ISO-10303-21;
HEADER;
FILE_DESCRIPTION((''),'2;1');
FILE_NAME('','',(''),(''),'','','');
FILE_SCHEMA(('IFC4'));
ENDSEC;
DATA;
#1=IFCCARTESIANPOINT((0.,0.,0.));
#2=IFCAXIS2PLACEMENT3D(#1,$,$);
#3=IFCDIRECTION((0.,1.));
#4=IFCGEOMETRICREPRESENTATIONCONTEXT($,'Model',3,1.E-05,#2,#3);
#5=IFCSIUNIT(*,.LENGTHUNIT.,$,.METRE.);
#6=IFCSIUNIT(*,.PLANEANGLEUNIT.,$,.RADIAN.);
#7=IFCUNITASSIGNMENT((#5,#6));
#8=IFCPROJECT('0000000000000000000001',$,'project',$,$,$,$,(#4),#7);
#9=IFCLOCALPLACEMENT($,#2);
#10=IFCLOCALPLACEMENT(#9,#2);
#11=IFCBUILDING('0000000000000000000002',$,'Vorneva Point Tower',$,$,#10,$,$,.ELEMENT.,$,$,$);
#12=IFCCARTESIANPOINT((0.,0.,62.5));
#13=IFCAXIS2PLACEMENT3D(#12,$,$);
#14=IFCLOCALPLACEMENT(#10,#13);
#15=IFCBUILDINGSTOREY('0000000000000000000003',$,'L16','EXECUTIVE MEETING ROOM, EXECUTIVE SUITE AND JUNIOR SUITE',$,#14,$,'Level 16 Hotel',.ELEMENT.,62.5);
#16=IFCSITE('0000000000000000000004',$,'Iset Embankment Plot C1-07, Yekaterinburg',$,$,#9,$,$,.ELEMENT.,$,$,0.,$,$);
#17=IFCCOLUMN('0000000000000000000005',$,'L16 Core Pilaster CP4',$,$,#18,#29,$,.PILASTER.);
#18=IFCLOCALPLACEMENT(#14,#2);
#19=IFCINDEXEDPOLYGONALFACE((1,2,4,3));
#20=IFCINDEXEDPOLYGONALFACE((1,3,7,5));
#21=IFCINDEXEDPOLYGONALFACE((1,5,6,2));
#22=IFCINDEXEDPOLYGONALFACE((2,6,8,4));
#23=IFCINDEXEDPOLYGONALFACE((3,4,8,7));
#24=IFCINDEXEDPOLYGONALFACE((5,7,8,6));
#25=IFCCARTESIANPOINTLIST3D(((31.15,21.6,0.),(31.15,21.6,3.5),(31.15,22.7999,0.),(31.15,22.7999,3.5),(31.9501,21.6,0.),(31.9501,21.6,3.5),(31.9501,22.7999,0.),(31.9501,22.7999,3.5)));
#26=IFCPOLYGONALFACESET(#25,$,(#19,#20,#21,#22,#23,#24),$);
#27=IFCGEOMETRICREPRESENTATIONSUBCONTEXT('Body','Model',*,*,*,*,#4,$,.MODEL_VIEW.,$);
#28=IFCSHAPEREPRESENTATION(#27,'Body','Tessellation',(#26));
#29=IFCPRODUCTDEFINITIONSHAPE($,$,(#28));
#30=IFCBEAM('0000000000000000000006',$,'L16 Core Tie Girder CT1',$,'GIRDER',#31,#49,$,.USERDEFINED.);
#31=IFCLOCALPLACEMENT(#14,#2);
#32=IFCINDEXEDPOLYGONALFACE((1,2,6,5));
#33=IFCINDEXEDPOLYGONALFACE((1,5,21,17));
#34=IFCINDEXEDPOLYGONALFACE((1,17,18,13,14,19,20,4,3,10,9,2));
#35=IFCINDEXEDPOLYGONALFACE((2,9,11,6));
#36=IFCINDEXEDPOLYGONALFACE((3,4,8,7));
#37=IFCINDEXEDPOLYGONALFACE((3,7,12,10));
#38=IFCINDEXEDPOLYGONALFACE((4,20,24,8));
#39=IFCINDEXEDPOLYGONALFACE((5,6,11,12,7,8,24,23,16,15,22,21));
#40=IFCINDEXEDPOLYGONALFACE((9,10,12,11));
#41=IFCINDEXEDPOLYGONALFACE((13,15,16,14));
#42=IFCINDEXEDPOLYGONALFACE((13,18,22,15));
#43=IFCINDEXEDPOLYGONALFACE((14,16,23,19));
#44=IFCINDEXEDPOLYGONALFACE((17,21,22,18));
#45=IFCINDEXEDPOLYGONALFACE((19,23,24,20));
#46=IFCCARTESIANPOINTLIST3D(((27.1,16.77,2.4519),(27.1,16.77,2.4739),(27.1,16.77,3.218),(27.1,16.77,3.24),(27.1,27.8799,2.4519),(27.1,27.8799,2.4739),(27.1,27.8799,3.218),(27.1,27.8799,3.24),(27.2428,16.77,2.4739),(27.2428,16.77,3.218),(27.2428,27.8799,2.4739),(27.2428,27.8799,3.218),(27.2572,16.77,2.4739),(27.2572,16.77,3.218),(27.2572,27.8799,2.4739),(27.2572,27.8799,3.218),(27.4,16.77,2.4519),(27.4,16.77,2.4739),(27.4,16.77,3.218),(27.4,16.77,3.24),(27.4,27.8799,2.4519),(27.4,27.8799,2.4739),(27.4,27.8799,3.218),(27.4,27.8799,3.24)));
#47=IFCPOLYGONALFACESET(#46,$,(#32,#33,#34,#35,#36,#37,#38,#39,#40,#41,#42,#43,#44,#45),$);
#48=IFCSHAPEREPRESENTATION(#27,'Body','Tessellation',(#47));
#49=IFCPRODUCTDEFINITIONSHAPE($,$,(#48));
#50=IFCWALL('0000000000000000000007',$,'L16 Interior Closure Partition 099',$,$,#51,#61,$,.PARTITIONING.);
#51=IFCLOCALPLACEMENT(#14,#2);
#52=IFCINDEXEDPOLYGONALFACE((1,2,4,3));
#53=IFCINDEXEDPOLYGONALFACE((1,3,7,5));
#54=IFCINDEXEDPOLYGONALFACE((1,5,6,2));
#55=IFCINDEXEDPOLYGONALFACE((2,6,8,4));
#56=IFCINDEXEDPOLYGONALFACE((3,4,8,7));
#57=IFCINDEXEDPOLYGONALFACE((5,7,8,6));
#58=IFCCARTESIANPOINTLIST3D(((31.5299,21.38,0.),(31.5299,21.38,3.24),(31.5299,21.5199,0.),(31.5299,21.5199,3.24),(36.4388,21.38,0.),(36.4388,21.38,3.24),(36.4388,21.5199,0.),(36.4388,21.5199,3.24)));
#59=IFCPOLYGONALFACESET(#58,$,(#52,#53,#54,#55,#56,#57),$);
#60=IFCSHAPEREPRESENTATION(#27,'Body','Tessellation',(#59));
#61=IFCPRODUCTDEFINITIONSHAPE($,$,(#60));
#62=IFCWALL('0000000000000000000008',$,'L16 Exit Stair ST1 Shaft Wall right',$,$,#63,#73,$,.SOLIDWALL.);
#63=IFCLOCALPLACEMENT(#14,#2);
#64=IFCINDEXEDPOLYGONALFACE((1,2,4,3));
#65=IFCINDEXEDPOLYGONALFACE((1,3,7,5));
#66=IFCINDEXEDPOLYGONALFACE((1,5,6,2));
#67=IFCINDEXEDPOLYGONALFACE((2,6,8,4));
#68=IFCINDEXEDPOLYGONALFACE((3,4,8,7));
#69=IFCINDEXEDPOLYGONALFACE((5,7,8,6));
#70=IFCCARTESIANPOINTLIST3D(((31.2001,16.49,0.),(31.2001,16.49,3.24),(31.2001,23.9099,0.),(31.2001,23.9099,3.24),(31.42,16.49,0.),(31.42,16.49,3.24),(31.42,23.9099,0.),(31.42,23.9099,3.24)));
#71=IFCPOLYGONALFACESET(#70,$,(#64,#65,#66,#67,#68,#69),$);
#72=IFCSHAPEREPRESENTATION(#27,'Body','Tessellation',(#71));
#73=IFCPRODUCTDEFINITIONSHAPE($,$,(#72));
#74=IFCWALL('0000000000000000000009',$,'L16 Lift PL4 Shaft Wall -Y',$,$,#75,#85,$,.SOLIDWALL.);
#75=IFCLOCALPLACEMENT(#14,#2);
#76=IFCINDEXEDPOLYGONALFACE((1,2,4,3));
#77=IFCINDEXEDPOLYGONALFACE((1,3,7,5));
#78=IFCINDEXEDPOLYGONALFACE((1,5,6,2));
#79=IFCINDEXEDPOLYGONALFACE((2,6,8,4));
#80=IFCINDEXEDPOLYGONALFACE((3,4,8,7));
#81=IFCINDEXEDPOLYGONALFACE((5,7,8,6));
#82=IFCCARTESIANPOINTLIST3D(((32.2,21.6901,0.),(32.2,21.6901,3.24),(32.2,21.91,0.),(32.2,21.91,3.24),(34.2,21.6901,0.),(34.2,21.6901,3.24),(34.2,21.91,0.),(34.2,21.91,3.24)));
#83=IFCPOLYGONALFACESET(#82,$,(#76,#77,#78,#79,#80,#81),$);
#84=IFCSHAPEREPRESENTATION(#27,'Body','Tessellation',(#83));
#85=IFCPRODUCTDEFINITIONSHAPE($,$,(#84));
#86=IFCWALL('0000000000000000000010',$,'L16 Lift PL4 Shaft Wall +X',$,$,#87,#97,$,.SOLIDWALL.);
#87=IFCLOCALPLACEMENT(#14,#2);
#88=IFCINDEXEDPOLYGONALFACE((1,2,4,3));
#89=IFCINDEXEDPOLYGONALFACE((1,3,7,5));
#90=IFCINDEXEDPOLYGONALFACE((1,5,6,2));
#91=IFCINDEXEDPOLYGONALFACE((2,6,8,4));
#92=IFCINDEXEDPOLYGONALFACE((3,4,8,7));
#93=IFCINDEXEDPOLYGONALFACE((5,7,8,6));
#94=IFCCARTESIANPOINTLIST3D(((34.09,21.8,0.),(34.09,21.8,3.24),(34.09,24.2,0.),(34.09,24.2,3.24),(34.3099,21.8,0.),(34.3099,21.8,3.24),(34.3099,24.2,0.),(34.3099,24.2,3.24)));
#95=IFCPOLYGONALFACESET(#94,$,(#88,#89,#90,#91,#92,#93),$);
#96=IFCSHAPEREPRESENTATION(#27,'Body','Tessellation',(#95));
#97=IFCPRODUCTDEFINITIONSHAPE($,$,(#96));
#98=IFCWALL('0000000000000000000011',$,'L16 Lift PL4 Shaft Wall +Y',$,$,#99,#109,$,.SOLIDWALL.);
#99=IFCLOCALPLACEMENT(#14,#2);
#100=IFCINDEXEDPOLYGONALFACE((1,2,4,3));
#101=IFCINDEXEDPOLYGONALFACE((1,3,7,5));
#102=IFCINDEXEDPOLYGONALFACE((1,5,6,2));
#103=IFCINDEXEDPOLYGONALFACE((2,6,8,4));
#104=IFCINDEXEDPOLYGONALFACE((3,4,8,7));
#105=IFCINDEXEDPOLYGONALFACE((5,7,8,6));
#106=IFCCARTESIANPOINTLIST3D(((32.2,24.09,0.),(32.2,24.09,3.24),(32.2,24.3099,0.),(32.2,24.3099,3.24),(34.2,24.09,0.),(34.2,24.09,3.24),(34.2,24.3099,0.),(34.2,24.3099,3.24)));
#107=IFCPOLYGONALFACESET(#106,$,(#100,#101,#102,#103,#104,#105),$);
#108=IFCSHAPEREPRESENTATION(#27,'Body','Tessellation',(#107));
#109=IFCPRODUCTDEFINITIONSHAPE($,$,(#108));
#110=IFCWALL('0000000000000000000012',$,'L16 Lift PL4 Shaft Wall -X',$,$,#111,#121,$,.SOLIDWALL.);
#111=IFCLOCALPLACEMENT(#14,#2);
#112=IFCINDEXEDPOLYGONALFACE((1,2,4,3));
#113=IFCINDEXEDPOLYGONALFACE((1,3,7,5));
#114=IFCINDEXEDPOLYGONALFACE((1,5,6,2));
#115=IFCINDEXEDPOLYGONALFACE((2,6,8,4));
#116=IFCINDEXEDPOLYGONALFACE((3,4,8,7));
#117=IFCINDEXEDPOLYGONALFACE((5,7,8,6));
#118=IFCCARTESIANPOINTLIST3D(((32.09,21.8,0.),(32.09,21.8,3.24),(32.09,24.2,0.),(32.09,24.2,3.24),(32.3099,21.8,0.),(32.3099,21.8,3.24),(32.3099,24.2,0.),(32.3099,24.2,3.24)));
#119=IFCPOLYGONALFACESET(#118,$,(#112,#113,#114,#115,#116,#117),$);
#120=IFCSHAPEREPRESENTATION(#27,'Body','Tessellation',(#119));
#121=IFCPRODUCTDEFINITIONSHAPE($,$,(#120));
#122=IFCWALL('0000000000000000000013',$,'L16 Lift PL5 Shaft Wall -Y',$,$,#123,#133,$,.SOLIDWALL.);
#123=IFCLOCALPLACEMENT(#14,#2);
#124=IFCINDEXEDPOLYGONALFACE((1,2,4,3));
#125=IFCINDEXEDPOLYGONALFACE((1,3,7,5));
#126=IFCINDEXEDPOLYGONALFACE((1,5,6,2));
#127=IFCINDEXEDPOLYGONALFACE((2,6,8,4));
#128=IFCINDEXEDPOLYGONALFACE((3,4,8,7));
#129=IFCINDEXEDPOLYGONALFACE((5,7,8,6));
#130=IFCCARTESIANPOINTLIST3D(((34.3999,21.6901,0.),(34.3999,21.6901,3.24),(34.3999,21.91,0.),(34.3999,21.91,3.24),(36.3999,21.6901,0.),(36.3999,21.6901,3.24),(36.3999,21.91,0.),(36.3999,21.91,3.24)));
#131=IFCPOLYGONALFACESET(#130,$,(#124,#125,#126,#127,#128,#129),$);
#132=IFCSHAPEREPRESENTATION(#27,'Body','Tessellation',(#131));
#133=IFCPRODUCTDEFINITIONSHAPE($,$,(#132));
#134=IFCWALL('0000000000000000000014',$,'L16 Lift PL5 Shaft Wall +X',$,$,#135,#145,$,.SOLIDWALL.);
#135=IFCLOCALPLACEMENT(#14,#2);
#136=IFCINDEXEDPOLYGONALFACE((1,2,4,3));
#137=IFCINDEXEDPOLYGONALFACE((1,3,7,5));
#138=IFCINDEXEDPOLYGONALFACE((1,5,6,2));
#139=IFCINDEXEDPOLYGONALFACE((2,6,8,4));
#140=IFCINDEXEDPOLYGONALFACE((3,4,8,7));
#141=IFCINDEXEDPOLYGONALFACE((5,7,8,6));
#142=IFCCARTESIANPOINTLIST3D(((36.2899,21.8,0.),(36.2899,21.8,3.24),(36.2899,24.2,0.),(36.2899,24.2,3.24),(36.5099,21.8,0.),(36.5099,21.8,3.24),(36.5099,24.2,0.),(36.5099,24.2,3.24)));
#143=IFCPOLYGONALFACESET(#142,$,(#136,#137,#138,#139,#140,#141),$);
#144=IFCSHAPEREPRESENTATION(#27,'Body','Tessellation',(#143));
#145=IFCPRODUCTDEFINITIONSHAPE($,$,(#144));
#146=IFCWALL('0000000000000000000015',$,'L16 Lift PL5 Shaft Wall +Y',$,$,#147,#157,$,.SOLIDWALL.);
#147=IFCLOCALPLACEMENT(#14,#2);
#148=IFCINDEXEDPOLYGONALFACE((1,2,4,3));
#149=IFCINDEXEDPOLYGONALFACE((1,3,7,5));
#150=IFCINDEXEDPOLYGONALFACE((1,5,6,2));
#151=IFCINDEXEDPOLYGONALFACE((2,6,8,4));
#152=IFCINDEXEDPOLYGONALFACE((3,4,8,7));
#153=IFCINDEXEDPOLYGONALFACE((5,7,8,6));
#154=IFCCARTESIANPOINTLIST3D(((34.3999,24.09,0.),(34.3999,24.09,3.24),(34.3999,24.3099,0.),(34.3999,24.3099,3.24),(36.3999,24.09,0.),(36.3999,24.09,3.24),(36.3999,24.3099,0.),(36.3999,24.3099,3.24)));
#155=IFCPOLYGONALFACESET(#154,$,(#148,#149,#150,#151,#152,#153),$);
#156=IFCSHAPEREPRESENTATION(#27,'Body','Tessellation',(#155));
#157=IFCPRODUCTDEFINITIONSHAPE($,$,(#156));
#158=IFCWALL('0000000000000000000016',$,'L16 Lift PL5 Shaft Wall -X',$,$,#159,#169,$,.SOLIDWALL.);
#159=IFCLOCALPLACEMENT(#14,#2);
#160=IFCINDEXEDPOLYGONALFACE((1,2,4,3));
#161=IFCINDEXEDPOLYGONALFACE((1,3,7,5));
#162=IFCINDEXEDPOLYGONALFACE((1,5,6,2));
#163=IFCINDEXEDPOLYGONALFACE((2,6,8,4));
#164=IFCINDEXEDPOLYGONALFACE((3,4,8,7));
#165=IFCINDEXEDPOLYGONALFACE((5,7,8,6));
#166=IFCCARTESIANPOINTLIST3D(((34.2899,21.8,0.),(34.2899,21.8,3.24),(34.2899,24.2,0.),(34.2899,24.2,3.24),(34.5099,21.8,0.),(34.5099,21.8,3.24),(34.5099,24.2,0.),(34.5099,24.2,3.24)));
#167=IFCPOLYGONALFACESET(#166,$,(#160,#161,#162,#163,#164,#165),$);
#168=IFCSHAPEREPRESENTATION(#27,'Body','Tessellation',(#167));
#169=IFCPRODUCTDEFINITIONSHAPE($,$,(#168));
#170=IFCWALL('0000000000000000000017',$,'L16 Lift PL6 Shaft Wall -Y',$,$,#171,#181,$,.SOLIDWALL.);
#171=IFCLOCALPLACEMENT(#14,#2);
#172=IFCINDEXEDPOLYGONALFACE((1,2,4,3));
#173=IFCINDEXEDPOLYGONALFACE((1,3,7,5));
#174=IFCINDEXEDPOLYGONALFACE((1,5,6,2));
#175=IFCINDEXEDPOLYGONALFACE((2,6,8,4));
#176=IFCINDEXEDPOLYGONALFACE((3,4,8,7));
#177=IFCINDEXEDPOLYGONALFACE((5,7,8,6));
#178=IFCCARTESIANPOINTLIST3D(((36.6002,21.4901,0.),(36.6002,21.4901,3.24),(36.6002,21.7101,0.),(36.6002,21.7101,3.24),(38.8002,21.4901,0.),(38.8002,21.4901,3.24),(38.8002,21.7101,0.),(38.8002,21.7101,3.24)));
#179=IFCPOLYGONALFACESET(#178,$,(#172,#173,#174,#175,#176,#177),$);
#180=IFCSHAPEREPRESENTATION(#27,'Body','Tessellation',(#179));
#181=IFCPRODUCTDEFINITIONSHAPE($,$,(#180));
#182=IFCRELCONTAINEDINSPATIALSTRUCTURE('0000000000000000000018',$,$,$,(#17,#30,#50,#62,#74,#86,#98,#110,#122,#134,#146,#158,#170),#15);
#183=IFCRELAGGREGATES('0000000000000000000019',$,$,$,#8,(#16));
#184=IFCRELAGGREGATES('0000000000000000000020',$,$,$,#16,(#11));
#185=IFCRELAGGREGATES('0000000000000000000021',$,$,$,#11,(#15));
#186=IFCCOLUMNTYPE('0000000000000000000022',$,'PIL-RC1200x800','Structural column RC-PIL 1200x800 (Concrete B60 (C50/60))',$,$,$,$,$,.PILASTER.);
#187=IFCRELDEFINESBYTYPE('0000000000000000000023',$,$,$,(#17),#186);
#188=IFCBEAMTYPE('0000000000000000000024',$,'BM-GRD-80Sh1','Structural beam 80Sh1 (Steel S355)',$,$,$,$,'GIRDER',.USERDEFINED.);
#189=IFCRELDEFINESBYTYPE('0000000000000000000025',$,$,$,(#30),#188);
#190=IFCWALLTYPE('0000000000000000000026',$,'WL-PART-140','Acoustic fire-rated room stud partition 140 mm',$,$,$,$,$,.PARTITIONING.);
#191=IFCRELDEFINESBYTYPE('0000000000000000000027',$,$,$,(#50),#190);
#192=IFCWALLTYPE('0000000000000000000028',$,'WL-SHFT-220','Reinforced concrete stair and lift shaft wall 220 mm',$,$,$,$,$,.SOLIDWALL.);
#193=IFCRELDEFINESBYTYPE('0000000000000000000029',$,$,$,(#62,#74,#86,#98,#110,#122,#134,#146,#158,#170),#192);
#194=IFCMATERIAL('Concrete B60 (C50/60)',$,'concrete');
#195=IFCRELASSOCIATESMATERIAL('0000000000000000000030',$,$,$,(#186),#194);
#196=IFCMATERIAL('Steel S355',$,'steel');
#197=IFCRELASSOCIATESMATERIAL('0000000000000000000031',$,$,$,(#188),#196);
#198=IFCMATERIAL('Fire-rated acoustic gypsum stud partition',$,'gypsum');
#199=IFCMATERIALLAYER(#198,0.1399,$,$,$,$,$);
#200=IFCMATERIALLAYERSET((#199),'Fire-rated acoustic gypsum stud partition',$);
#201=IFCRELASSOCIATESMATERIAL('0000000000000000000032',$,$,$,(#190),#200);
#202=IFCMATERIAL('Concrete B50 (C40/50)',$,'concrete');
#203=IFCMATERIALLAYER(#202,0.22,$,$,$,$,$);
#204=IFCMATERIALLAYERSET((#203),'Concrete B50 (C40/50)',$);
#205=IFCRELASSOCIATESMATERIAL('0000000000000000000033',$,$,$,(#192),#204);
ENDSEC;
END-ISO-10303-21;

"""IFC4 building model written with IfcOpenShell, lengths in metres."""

from ifc_helpers import new_model, si_unit, direction, frame, frame_2d, origin, origin_2d, place, context, subcontext, project, spatial, rectangle, i_section, extrude, material, layer, layer_set, material_profile, profile_set, type_object, element, save


model = new_model("IFC4")

# Units and contexts
model_context = context("Model", 3, precision=1e-05, world=origin(), true_north=direction((0.0, 1.0)))
body_context = subcontext(model_context, "Body", "Model", "MODEL_VIEW")
ifc_project = project(units=[si_unit("LENGTHUNIT", "METRE"), si_unit("PLANEANGLEUNIT", "RADIAN")], contexts=[model_context])

# Site, building, storey
site_placement = place(None, origin())
site = spatial("IfcSite", under=ifc_project, at=site_placement, Name="Iset Embankment Plot C1-07, Yekaterinburg", CompositionType="ELEMENT", RefElevation=0.0)
building_placement = place(site_placement, origin())
building = spatial("IfcBuilding", under=site, at=building_placement, Name="Vorneva Point Tower", CompositionType="ELEMENT")
storey_placement = place(building_placement, frame((0.0, 0.0, 62.5)))
storey = spatial("IfcBuildingStorey", under=building, at=storey_placement, Name="L16", Description="EXECUTIVE MEETING ROOM, EXECUTIVE SUITE AND JUNIOR SUITE", LongName="Level 16 Hotel", CompositionType="ELEMENT", Elevation=62.5)

# Column
ifc_material_1 = material(Name="Concrete B60 (C50/60)", Category="concrete")
ifc_material_profile_1 = material_profile(ifc_material_1, rectangle(XDim=0.8, YDim=1.2, at=origin_2d()), Name="RC-PIL 1200x800")
ifc_profile_set_1 = profile_set([ifc_material_profile_1], Name="Concrete B60 (C50/60)")
column_type = type_object("IfcColumnType", Name="PIL-RC1200x800", Description="Structural column RC-PIL 1200x800 (Concrete B60 (C50/60))", PredefinedType="PILASTER", material=ifc_profile_set_1)
column_placement = place(storey_placement, frame((31.55, 22.2, 0.0), z_axis=(0.0, 0.0, 1.0), x_axis=(1.0, 0.0, 0.0)))
element("IfcColumn", 1, at=column_placement, inside=storey, type_object=column_type, Name="L16 Core Pilaster CP4", PredefinedType="PILASTER", context=body_context, shape_type="SweptSolid", body=[
    extrude(rectangle(XDim=0.8, YDim=1.2, at=origin_2d()), origin(), (0.0, 0.0, 1.0), 3.5),
])

# Beam
ifc_material_2 = material(Name="Steel S355", Category="steel")
ifc_material_profile_2 = material_profile(ifc_material_2, i_section(OverallWidth=0.3, OverallDepth=0.7881, WebThickness=0.0144, FlangeThickness=0.022, at=origin_2d()), Name="80Sh1")
ifc_profile_set_2 = profile_set([ifc_material_profile_2], Name="Steel S355")
beam_type = type_object("IfcBeamType", Name="BM-GRD-80Sh1", Description="Structural beam 80Sh1 (Steel S355)", ElementType="GIRDER", PredefinedType="USERDEFINED", material=ifc_profile_set_2)
beam_placement = place(storey_placement, frame((27.25, 16.77, 2.8459), z_axis=(0.0, 1.0, 0.0), x_axis=(-1.0, 0.0, 0.0)))
element("IfcBeam", 2, at=beam_placement, inside=storey, type_object=beam_type, Name="L16 Core Tie Girder CT1", ObjectType="GIRDER", PredefinedType="USERDEFINED", context=body_context, shape_type="SweptSolid", body=[
    extrude(i_section(OverallWidth=0.3, OverallDepth=0.7881, WebThickness=0.0144, FlangeThickness=0.022, at=origin_2d()), origin(), (0.0, 0.0, 1.0), 11.1099),
])

# Wall
ifc_material_3 = material(Name="Fire-rated acoustic gypsum stud partition", Category="gypsum")
ifc_layer_1 = layer(ifc_material_3, 0.1399)
ifc_layer_set_1 = layer_set([ifc_layer_1], Name="Fire-rated acoustic gypsum stud partition")
wall_type_1 = type_object("IfcWallType", Name="WL-PART-140", Description="Acoustic fire-rated room stud partition 140 mm", PredefinedType="PARTITIONING", material=ifc_layer_set_1)
wall_1_placement = place(storey_placement, frame((36.439, 21.45, 0.0), z_axis=(0.0, 0.0, 1.0), x_axis=(-1.0, 0.0, 0.0)))
element("IfcWall", 3, at=wall_1_placement, inside=storey, type_object=wall_type_1, Name="L16 Interior Closure Partition 099", PredefinedType="PARTITIONING", context=body_context, shape_type="SweptSolid", body=[
    extrude(rectangle(XDim=4.9089, YDim=0.1399, at=frame_2d((2.4546, 0.0))), origin(), (0.0, 0.0, 1.0), 3.24),
])

# Shared definitions
ifc_material_4 = material(Name="Concrete B50 (C40/50)", Category="concrete")
ifc_layer_2 = layer(ifc_material_4, 0.22)
ifc_layer_set_2 = layer_set([ifc_layer_2], Name="Concrete B50 (C40/50)")
wall_type_2 = type_object("IfcWallType", Name="WL-SHFT-220", Description="Reinforced concrete stair and lift shaft wall 220 mm", PredefinedType="SOLIDWALL", material=ifc_layer_set_2)

# Walls
wall_2_placement = place(storey_placement, frame((31.3101, 23.9099, 0.0), z_axis=(0.0, 0.0, 1.0), x_axis=(0.0, -1.0, 0.0)))
element("IfcWall", 4, at=wall_2_placement, inside=storey, type_object=wall_type_2, Name="L16 Exit Stair ST1 Shaft Wall right", PredefinedType="SOLIDWALL", context=body_context, shape_type="SweptSolid", body=[
    extrude(rectangle(XDim=7.4199, YDim=0.22, at=frame_2d((3.71, 0.0))), origin(), (0.0, 0.0, 1.0), 3.24),
])
wall_3_placement = place(storey_placement, frame((32.2, 21.8, 0.0), z_axis=(0.0, 0.0, 1.0), x_axis=(1.0, 0.0, 0.0)))
element("IfcWall", 5, at=wall_3_placement, inside=storey, type_object=wall_type_2, Name="L16 Lift PL4 Shaft Wall -Y", PredefinedType="SOLIDWALL", context=body_context, shape_type="SweptSolid", body=[
    extrude(rectangle(XDim=2.0, YDim=0.22, at=frame_2d((1.0, 0.0))), origin(), (0.0, 0.0, 1.0), 3.24),
])
wall_4_placement = place(storey_placement, frame((34.2, 21.8, 0.0), z_axis=(0.0, 0.0, 1.0), x_axis=(0.0, 1.0, 0.0)))
element("IfcWall", 6, at=wall_4_placement, inside=storey, type_object=wall_type_2, Name="L16 Lift PL4 Shaft Wall +X", PredefinedType="SOLIDWALL", context=body_context, shape_type="SweptSolid", body=[
    extrude(rectangle(XDim=2.3999, YDim=0.22, at=frame_2d((1.2, 0.0))), origin(), (0.0, 0.0, 1.0), 3.24),
])
wall_5_placement = place(storey_placement, frame((34.2, 24.2, 0.0), z_axis=(0.0, 0.0, 1.0), x_axis=(-1.0, 0.0, 0.0)))
element("IfcWall", 7, at=wall_5_placement, inside=storey, type_object=wall_type_2, Name="L16 Lift PL4 Shaft Wall +Y", PredefinedType="SOLIDWALL", context=body_context, shape_type="SweptSolid", body=[
    extrude(rectangle(XDim=2.0, YDim=0.22, at=frame_2d((1.0, 0.0))), origin(), (0.0, 0.0, 1.0), 3.24),
])
wall_6_placement = place(storey_placement, frame((32.2, 24.2, 0.0), z_axis=(0.0, 0.0, 1.0), x_axis=(0.0, -1.0, 0.0)))
element("IfcWall", 8, at=wall_6_placement, inside=storey, type_object=wall_type_2, Name="L16 Lift PL4 Shaft Wall -X", PredefinedType="SOLIDWALL", context=body_context, shape_type="SweptSolid", body=[
    extrude(rectangle(XDim=2.3999, YDim=0.22, at=frame_2d((1.2, 0.0))), origin(), (0.0, 0.0, 1.0), 3.24),
])
wall_7_placement = place(storey_placement, frame((34.3999, 21.8, 0.0), z_axis=(0.0, 0.0, 1.0), x_axis=(1.0, 0.0, 0.0)))
element("IfcWall", 9, at=wall_7_placement, inside=storey, type_object=wall_type_2, Name="L16 Lift PL5 Shaft Wall -Y", PredefinedType="SOLIDWALL", context=body_context, shape_type="SweptSolid", body=[
    extrude(rectangle(XDim=2.0, YDim=0.22, at=frame_2d((1.0, 0.0))), origin(), (0.0, 0.0, 1.0), 3.24),
])
wall_8_placement = place(storey_placement, frame((36.3999, 21.8, 0.0), z_axis=(0.0, 0.0, 1.0), x_axis=(0.0, 1.0, 0.0)))
element("IfcWall", 10, at=wall_8_placement, inside=storey, type_object=wall_type_2, Name="L16 Lift PL5 Shaft Wall +X", PredefinedType="SOLIDWALL", context=body_context, shape_type="SweptSolid", body=[
    extrude(rectangle(XDim=2.3999, YDim=0.22, at=frame_2d((1.2, 0.0))), origin(), (0.0, 0.0, 1.0), 3.24),
])
wall_9_placement = place(storey_placement, frame((36.3999, 24.2, 0.0), z_axis=(0.0, 0.0, 1.0), x_axis=(-1.0, 0.0, 0.0)))
element("IfcWall", 11, at=wall_9_placement, inside=storey, type_object=wall_type_2, Name="L16 Lift PL5 Shaft Wall +Y", PredefinedType="SOLIDWALL", context=body_context, shape_type="SweptSolid", body=[
    extrude(rectangle(XDim=2.0, YDim=0.22, at=frame_2d((1.0, 0.0))), origin(), (0.0, 0.0, 1.0), 3.24),
])
wall_10_placement = place(storey_placement, frame((34.3999, 24.2, 0.0), z_axis=(0.0, 0.0, 1.0), x_axis=(0.0, -1.0, 0.0)))
element("IfcWall", 12, at=wall_10_placement, inside=storey, type_object=wall_type_2, Name="L16 Lift PL5 Shaft Wall -X", PredefinedType="SOLIDWALL", context=body_context, shape_type="SweptSolid", body=[
    extrude(rectangle(XDim=2.3999, YDim=0.22, at=frame_2d((1.2, 0.0))), origin(), (0.0, 0.0, 1.0), 3.24),
])
wall_11_placement = place(storey_placement, frame((36.6001, 21.6001, 0.0), z_axis=(0.0, 0.0, 1.0), x_axis=(1.0, 0.0, 0.0)))
element("IfcWall", 13, at=wall_11_placement, inside=storey, type_object=wall_type_2, Name="L16 Lift PL6 Shaft Wall -Y", PredefinedType="SOLIDWALL", context=body_context, shape_type="SweptSolid", body=[
    extrude(rectangle(XDim=2.2, YDim=0.22, at=frame_2d((1.1001, 0.0))), origin(), (0.0, 0.0, 1.0), 3.24),
])

save(model, "model.ifc")
